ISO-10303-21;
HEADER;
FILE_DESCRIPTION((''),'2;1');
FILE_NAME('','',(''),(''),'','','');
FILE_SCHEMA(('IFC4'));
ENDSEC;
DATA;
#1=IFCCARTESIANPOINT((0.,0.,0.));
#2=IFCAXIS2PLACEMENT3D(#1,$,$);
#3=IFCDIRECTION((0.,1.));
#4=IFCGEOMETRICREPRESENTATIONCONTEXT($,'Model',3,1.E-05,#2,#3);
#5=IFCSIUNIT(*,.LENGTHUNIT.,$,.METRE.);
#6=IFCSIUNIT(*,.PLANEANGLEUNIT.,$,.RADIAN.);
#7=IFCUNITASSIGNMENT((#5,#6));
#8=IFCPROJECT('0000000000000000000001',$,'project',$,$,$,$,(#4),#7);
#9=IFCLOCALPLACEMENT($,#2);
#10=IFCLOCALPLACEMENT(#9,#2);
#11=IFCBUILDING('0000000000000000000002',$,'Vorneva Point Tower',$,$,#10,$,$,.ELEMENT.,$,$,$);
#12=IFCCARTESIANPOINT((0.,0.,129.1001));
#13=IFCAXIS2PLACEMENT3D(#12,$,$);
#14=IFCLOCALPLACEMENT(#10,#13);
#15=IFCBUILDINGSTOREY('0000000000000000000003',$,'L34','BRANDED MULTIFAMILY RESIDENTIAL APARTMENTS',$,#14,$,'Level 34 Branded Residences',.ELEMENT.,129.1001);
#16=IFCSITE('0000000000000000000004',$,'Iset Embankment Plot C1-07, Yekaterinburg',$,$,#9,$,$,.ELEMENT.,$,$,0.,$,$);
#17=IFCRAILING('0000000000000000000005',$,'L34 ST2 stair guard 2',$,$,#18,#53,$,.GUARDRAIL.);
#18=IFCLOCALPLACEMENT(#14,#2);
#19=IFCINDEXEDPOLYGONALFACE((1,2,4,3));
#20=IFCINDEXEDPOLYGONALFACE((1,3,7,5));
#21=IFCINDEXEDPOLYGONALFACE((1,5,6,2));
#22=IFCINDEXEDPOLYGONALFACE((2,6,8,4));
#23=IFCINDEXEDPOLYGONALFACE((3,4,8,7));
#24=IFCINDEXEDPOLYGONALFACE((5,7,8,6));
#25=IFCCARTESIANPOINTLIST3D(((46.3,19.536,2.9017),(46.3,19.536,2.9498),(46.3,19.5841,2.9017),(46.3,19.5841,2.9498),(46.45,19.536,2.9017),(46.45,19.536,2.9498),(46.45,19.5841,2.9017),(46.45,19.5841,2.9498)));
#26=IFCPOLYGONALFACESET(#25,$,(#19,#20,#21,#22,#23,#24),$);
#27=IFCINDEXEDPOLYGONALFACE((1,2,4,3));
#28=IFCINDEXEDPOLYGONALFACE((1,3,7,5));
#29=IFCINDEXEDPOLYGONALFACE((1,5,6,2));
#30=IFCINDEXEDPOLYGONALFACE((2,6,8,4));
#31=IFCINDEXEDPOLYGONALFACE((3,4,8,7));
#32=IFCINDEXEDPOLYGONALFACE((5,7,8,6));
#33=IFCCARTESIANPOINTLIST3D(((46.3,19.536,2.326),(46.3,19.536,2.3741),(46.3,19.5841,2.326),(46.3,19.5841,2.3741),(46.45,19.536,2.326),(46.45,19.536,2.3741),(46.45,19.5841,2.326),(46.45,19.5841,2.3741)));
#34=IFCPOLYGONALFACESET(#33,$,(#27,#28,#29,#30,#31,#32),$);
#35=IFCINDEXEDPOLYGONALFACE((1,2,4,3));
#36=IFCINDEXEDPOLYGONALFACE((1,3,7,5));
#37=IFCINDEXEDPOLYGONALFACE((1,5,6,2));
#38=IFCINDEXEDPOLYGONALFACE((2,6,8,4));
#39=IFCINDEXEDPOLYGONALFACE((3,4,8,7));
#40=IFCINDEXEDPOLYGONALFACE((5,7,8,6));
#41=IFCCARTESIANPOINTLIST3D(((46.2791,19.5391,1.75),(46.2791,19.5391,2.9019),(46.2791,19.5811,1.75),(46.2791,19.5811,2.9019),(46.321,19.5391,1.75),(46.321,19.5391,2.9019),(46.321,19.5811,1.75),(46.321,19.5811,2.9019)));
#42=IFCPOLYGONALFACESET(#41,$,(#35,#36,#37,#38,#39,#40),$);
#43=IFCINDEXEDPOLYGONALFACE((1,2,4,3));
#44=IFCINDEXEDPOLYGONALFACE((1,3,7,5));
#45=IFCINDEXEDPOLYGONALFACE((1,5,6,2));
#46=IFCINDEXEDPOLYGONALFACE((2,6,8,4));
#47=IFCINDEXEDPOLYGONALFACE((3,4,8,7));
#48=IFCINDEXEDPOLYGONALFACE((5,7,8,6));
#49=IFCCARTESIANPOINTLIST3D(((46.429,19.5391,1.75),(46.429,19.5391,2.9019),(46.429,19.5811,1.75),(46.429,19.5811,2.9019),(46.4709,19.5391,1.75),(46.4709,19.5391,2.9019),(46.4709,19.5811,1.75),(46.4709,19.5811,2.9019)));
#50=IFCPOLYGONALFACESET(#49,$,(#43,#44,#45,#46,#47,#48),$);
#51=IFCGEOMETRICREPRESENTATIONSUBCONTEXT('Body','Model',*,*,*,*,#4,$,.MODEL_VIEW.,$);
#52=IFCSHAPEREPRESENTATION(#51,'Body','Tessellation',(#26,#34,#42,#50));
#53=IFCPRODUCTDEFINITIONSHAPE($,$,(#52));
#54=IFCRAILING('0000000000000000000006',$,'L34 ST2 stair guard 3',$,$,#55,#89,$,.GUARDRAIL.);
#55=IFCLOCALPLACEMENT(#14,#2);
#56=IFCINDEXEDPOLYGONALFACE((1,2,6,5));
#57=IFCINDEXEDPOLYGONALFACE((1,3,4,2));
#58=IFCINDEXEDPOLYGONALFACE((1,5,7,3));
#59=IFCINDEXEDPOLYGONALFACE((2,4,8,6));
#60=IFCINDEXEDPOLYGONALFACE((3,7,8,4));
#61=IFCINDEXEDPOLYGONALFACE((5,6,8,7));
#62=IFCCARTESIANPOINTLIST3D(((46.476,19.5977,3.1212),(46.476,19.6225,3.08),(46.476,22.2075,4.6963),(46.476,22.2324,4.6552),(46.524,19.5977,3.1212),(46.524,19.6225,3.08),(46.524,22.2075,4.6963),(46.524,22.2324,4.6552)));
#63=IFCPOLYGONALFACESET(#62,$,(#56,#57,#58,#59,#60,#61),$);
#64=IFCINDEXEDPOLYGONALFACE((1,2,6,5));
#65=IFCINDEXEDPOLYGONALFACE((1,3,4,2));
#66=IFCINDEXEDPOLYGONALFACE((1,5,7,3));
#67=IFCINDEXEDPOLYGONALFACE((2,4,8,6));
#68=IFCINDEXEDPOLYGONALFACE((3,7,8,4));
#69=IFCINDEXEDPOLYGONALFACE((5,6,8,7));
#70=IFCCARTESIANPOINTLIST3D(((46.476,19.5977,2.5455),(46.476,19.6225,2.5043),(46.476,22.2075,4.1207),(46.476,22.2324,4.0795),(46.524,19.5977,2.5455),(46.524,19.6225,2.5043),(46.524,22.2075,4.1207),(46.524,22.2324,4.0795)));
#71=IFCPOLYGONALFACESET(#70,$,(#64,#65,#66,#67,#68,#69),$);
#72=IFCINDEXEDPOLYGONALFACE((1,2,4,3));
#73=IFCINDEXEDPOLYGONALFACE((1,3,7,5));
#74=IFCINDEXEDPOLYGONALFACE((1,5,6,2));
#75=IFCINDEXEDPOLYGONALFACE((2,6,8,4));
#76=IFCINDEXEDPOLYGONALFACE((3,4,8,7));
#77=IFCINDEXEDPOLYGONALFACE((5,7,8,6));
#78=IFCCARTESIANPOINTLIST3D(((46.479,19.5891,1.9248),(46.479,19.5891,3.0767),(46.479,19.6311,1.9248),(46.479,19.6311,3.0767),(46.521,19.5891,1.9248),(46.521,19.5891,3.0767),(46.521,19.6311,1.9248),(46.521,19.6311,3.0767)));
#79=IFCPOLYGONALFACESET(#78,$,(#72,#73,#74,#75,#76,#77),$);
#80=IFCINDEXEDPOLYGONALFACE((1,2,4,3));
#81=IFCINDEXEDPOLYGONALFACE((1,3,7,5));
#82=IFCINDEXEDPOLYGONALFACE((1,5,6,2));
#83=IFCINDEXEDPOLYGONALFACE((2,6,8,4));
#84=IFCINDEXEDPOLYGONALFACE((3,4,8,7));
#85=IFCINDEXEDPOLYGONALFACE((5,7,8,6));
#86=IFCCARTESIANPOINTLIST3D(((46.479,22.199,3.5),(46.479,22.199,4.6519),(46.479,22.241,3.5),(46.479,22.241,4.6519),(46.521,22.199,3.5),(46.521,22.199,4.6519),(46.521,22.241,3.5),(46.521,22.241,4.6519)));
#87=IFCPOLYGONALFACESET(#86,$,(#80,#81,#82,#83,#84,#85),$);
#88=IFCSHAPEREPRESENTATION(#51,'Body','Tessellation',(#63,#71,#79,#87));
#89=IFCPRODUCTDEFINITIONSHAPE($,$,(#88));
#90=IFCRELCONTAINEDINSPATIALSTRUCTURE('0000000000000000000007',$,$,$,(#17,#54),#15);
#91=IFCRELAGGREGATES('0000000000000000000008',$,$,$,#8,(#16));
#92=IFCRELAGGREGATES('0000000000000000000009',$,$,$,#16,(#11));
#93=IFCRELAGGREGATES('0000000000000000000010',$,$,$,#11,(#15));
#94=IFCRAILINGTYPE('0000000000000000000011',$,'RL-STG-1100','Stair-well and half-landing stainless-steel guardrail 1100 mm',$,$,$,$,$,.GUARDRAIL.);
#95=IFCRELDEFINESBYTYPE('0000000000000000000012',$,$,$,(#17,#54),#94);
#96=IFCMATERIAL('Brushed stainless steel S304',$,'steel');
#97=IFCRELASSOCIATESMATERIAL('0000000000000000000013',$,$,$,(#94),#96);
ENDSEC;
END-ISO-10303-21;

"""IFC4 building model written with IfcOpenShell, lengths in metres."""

from ifc_helpers import new_model, si_unit, direction, frame, origin, origin_2d, place, context, subcontext, project, spatial, rectangle, extrude, material, type_object, element, save


model = new_model("IFC4")

# Units and contexts
model_context = context("Model", 3, precision=1e-05, world=origin(), true_north=direction((0.0, 1.0)))
body_context = subcontext(model_context, "Body", "Model", "MODEL_VIEW")
ifc_project = project(units=[si_unit("LENGTHUNIT", "METRE"), si_unit("PLANEANGLEUNIT", "RADIAN")], contexts=[model_context])

# Site, building, storey
site_placement = place(None, origin())
site = spatial("IfcSite", under=ifc_project, at=site_placement, Name="Iset Embankment Plot C1-07, Yekaterinburg", CompositionType="ELEMENT", RefElevation=0.0)
building_placement = place(site_placement, origin())
building = spatial("IfcBuilding", under=site, at=building_placement, Name="Vorneva Point Tower", CompositionType="ELEMENT")
storey_placement = place(building_placement, frame((0.0, 0.0, 129.1001)))
storey = spatial("IfcBuildingStorey", under=building, at=storey_placement, Name="L34", Description="BRANDED MULTIFAMILY RESIDENTIAL APARTMENTS", LongName="Level 34 Branded Residences", CompositionType="ELEMENT", Elevation=129.1001)

# Railings
ifc_material_1 = material(Name="Brushed stainless steel S304", Category="steel")
railing_type = type_object("IfcRailingType", Name="RL-STG-1100", Description="Stair-well and half-landing stainless-steel guardrail 1100 mm", PredefinedType="GUARDRAIL", material=ifc_material_1)
railing_1_placement = place(storey_placement, frame((46.3, 19.5601, 1.75)))
element("IfcRailing", 1, at=railing_1_placement, inside=storey, type_object=railing_type, Name="L34 ST2 stair guard 2", PredefinedType="GUARDRAIL", context=body_context, shape_type="SweptSolid", body=[
    extrude(rectangle(XDim=0.0481, YDim=0.0481, at=origin_2d()), frame((0.0, 0.0, 1.1758), z_axis=(1.0, 0.0, 0.0), x_axis=(0.0, 1.0, 0.0)), (0.0, 0.0, 1.0), 0.1499),
    extrude(rectangle(XDim=0.0481, YDim=0.0481, at=origin_2d()), frame((0.0, 0.0, 0.6001), z_axis=(1.0, 0.0, 0.0), x_axis=(0.0, 1.0, 0.0)), (0.0, 0.0, 1.0), 0.1499),
    extrude(rectangle(XDim=0.042, YDim=0.042, at=origin_2d()), origin(), (0.0, 0.0, 1.0), 1.1519),
    extrude(rectangle(XDim=0.042, YDim=0.042, at=origin_2d()), frame((0.1499, 0.0, 0.0)), (0.0, 0.0, 1.0), 1.1519),
])
railing_2_placement = place(storey_placement, frame((46.5, 19.6101, 1.9248)))
element("IfcRailing", 2, at=railing_2_placement, inside=storey, type_object=railing_type, Name="L34 ST2 stair guard 3", PredefinedType="GUARDRAIL", context=body_context, shape_type="SweptSolid", body=[
    extrude(rectangle(XDim=0.0481, YDim=0.0481, at=origin_2d()), frame((0.0, 0.0, 1.1758), z_axis=(0.0, 0.856147, 0.516732), x_axis=(-1.0, 0.0, 0.0)), (0.0, 0.0, 1.0), 3.0483),
    extrude(rectangle(XDim=0.0481, YDim=0.0481, at=origin_2d()), frame((0.0, 0.0, 0.6001), z_axis=(0.0, 0.856147, 0.516732), x_axis=(-1.0, 0.0, 0.0)), (0.0, 0.0, 1.0), 3.0483),
    extrude(rectangle(XDim=0.042, YDim=0.042, at=origin_2d()), origin(), (0.0, 0.0, 1.0), 1.1519),
    extrude(rectangle(XDim=0.042, YDim=0.042, at=origin_2d()), frame((0.0, 2.6099, 1.5752)), (0.0, 0.0, 1.0), 1.1519),
])

save(model, "model.ifc")
